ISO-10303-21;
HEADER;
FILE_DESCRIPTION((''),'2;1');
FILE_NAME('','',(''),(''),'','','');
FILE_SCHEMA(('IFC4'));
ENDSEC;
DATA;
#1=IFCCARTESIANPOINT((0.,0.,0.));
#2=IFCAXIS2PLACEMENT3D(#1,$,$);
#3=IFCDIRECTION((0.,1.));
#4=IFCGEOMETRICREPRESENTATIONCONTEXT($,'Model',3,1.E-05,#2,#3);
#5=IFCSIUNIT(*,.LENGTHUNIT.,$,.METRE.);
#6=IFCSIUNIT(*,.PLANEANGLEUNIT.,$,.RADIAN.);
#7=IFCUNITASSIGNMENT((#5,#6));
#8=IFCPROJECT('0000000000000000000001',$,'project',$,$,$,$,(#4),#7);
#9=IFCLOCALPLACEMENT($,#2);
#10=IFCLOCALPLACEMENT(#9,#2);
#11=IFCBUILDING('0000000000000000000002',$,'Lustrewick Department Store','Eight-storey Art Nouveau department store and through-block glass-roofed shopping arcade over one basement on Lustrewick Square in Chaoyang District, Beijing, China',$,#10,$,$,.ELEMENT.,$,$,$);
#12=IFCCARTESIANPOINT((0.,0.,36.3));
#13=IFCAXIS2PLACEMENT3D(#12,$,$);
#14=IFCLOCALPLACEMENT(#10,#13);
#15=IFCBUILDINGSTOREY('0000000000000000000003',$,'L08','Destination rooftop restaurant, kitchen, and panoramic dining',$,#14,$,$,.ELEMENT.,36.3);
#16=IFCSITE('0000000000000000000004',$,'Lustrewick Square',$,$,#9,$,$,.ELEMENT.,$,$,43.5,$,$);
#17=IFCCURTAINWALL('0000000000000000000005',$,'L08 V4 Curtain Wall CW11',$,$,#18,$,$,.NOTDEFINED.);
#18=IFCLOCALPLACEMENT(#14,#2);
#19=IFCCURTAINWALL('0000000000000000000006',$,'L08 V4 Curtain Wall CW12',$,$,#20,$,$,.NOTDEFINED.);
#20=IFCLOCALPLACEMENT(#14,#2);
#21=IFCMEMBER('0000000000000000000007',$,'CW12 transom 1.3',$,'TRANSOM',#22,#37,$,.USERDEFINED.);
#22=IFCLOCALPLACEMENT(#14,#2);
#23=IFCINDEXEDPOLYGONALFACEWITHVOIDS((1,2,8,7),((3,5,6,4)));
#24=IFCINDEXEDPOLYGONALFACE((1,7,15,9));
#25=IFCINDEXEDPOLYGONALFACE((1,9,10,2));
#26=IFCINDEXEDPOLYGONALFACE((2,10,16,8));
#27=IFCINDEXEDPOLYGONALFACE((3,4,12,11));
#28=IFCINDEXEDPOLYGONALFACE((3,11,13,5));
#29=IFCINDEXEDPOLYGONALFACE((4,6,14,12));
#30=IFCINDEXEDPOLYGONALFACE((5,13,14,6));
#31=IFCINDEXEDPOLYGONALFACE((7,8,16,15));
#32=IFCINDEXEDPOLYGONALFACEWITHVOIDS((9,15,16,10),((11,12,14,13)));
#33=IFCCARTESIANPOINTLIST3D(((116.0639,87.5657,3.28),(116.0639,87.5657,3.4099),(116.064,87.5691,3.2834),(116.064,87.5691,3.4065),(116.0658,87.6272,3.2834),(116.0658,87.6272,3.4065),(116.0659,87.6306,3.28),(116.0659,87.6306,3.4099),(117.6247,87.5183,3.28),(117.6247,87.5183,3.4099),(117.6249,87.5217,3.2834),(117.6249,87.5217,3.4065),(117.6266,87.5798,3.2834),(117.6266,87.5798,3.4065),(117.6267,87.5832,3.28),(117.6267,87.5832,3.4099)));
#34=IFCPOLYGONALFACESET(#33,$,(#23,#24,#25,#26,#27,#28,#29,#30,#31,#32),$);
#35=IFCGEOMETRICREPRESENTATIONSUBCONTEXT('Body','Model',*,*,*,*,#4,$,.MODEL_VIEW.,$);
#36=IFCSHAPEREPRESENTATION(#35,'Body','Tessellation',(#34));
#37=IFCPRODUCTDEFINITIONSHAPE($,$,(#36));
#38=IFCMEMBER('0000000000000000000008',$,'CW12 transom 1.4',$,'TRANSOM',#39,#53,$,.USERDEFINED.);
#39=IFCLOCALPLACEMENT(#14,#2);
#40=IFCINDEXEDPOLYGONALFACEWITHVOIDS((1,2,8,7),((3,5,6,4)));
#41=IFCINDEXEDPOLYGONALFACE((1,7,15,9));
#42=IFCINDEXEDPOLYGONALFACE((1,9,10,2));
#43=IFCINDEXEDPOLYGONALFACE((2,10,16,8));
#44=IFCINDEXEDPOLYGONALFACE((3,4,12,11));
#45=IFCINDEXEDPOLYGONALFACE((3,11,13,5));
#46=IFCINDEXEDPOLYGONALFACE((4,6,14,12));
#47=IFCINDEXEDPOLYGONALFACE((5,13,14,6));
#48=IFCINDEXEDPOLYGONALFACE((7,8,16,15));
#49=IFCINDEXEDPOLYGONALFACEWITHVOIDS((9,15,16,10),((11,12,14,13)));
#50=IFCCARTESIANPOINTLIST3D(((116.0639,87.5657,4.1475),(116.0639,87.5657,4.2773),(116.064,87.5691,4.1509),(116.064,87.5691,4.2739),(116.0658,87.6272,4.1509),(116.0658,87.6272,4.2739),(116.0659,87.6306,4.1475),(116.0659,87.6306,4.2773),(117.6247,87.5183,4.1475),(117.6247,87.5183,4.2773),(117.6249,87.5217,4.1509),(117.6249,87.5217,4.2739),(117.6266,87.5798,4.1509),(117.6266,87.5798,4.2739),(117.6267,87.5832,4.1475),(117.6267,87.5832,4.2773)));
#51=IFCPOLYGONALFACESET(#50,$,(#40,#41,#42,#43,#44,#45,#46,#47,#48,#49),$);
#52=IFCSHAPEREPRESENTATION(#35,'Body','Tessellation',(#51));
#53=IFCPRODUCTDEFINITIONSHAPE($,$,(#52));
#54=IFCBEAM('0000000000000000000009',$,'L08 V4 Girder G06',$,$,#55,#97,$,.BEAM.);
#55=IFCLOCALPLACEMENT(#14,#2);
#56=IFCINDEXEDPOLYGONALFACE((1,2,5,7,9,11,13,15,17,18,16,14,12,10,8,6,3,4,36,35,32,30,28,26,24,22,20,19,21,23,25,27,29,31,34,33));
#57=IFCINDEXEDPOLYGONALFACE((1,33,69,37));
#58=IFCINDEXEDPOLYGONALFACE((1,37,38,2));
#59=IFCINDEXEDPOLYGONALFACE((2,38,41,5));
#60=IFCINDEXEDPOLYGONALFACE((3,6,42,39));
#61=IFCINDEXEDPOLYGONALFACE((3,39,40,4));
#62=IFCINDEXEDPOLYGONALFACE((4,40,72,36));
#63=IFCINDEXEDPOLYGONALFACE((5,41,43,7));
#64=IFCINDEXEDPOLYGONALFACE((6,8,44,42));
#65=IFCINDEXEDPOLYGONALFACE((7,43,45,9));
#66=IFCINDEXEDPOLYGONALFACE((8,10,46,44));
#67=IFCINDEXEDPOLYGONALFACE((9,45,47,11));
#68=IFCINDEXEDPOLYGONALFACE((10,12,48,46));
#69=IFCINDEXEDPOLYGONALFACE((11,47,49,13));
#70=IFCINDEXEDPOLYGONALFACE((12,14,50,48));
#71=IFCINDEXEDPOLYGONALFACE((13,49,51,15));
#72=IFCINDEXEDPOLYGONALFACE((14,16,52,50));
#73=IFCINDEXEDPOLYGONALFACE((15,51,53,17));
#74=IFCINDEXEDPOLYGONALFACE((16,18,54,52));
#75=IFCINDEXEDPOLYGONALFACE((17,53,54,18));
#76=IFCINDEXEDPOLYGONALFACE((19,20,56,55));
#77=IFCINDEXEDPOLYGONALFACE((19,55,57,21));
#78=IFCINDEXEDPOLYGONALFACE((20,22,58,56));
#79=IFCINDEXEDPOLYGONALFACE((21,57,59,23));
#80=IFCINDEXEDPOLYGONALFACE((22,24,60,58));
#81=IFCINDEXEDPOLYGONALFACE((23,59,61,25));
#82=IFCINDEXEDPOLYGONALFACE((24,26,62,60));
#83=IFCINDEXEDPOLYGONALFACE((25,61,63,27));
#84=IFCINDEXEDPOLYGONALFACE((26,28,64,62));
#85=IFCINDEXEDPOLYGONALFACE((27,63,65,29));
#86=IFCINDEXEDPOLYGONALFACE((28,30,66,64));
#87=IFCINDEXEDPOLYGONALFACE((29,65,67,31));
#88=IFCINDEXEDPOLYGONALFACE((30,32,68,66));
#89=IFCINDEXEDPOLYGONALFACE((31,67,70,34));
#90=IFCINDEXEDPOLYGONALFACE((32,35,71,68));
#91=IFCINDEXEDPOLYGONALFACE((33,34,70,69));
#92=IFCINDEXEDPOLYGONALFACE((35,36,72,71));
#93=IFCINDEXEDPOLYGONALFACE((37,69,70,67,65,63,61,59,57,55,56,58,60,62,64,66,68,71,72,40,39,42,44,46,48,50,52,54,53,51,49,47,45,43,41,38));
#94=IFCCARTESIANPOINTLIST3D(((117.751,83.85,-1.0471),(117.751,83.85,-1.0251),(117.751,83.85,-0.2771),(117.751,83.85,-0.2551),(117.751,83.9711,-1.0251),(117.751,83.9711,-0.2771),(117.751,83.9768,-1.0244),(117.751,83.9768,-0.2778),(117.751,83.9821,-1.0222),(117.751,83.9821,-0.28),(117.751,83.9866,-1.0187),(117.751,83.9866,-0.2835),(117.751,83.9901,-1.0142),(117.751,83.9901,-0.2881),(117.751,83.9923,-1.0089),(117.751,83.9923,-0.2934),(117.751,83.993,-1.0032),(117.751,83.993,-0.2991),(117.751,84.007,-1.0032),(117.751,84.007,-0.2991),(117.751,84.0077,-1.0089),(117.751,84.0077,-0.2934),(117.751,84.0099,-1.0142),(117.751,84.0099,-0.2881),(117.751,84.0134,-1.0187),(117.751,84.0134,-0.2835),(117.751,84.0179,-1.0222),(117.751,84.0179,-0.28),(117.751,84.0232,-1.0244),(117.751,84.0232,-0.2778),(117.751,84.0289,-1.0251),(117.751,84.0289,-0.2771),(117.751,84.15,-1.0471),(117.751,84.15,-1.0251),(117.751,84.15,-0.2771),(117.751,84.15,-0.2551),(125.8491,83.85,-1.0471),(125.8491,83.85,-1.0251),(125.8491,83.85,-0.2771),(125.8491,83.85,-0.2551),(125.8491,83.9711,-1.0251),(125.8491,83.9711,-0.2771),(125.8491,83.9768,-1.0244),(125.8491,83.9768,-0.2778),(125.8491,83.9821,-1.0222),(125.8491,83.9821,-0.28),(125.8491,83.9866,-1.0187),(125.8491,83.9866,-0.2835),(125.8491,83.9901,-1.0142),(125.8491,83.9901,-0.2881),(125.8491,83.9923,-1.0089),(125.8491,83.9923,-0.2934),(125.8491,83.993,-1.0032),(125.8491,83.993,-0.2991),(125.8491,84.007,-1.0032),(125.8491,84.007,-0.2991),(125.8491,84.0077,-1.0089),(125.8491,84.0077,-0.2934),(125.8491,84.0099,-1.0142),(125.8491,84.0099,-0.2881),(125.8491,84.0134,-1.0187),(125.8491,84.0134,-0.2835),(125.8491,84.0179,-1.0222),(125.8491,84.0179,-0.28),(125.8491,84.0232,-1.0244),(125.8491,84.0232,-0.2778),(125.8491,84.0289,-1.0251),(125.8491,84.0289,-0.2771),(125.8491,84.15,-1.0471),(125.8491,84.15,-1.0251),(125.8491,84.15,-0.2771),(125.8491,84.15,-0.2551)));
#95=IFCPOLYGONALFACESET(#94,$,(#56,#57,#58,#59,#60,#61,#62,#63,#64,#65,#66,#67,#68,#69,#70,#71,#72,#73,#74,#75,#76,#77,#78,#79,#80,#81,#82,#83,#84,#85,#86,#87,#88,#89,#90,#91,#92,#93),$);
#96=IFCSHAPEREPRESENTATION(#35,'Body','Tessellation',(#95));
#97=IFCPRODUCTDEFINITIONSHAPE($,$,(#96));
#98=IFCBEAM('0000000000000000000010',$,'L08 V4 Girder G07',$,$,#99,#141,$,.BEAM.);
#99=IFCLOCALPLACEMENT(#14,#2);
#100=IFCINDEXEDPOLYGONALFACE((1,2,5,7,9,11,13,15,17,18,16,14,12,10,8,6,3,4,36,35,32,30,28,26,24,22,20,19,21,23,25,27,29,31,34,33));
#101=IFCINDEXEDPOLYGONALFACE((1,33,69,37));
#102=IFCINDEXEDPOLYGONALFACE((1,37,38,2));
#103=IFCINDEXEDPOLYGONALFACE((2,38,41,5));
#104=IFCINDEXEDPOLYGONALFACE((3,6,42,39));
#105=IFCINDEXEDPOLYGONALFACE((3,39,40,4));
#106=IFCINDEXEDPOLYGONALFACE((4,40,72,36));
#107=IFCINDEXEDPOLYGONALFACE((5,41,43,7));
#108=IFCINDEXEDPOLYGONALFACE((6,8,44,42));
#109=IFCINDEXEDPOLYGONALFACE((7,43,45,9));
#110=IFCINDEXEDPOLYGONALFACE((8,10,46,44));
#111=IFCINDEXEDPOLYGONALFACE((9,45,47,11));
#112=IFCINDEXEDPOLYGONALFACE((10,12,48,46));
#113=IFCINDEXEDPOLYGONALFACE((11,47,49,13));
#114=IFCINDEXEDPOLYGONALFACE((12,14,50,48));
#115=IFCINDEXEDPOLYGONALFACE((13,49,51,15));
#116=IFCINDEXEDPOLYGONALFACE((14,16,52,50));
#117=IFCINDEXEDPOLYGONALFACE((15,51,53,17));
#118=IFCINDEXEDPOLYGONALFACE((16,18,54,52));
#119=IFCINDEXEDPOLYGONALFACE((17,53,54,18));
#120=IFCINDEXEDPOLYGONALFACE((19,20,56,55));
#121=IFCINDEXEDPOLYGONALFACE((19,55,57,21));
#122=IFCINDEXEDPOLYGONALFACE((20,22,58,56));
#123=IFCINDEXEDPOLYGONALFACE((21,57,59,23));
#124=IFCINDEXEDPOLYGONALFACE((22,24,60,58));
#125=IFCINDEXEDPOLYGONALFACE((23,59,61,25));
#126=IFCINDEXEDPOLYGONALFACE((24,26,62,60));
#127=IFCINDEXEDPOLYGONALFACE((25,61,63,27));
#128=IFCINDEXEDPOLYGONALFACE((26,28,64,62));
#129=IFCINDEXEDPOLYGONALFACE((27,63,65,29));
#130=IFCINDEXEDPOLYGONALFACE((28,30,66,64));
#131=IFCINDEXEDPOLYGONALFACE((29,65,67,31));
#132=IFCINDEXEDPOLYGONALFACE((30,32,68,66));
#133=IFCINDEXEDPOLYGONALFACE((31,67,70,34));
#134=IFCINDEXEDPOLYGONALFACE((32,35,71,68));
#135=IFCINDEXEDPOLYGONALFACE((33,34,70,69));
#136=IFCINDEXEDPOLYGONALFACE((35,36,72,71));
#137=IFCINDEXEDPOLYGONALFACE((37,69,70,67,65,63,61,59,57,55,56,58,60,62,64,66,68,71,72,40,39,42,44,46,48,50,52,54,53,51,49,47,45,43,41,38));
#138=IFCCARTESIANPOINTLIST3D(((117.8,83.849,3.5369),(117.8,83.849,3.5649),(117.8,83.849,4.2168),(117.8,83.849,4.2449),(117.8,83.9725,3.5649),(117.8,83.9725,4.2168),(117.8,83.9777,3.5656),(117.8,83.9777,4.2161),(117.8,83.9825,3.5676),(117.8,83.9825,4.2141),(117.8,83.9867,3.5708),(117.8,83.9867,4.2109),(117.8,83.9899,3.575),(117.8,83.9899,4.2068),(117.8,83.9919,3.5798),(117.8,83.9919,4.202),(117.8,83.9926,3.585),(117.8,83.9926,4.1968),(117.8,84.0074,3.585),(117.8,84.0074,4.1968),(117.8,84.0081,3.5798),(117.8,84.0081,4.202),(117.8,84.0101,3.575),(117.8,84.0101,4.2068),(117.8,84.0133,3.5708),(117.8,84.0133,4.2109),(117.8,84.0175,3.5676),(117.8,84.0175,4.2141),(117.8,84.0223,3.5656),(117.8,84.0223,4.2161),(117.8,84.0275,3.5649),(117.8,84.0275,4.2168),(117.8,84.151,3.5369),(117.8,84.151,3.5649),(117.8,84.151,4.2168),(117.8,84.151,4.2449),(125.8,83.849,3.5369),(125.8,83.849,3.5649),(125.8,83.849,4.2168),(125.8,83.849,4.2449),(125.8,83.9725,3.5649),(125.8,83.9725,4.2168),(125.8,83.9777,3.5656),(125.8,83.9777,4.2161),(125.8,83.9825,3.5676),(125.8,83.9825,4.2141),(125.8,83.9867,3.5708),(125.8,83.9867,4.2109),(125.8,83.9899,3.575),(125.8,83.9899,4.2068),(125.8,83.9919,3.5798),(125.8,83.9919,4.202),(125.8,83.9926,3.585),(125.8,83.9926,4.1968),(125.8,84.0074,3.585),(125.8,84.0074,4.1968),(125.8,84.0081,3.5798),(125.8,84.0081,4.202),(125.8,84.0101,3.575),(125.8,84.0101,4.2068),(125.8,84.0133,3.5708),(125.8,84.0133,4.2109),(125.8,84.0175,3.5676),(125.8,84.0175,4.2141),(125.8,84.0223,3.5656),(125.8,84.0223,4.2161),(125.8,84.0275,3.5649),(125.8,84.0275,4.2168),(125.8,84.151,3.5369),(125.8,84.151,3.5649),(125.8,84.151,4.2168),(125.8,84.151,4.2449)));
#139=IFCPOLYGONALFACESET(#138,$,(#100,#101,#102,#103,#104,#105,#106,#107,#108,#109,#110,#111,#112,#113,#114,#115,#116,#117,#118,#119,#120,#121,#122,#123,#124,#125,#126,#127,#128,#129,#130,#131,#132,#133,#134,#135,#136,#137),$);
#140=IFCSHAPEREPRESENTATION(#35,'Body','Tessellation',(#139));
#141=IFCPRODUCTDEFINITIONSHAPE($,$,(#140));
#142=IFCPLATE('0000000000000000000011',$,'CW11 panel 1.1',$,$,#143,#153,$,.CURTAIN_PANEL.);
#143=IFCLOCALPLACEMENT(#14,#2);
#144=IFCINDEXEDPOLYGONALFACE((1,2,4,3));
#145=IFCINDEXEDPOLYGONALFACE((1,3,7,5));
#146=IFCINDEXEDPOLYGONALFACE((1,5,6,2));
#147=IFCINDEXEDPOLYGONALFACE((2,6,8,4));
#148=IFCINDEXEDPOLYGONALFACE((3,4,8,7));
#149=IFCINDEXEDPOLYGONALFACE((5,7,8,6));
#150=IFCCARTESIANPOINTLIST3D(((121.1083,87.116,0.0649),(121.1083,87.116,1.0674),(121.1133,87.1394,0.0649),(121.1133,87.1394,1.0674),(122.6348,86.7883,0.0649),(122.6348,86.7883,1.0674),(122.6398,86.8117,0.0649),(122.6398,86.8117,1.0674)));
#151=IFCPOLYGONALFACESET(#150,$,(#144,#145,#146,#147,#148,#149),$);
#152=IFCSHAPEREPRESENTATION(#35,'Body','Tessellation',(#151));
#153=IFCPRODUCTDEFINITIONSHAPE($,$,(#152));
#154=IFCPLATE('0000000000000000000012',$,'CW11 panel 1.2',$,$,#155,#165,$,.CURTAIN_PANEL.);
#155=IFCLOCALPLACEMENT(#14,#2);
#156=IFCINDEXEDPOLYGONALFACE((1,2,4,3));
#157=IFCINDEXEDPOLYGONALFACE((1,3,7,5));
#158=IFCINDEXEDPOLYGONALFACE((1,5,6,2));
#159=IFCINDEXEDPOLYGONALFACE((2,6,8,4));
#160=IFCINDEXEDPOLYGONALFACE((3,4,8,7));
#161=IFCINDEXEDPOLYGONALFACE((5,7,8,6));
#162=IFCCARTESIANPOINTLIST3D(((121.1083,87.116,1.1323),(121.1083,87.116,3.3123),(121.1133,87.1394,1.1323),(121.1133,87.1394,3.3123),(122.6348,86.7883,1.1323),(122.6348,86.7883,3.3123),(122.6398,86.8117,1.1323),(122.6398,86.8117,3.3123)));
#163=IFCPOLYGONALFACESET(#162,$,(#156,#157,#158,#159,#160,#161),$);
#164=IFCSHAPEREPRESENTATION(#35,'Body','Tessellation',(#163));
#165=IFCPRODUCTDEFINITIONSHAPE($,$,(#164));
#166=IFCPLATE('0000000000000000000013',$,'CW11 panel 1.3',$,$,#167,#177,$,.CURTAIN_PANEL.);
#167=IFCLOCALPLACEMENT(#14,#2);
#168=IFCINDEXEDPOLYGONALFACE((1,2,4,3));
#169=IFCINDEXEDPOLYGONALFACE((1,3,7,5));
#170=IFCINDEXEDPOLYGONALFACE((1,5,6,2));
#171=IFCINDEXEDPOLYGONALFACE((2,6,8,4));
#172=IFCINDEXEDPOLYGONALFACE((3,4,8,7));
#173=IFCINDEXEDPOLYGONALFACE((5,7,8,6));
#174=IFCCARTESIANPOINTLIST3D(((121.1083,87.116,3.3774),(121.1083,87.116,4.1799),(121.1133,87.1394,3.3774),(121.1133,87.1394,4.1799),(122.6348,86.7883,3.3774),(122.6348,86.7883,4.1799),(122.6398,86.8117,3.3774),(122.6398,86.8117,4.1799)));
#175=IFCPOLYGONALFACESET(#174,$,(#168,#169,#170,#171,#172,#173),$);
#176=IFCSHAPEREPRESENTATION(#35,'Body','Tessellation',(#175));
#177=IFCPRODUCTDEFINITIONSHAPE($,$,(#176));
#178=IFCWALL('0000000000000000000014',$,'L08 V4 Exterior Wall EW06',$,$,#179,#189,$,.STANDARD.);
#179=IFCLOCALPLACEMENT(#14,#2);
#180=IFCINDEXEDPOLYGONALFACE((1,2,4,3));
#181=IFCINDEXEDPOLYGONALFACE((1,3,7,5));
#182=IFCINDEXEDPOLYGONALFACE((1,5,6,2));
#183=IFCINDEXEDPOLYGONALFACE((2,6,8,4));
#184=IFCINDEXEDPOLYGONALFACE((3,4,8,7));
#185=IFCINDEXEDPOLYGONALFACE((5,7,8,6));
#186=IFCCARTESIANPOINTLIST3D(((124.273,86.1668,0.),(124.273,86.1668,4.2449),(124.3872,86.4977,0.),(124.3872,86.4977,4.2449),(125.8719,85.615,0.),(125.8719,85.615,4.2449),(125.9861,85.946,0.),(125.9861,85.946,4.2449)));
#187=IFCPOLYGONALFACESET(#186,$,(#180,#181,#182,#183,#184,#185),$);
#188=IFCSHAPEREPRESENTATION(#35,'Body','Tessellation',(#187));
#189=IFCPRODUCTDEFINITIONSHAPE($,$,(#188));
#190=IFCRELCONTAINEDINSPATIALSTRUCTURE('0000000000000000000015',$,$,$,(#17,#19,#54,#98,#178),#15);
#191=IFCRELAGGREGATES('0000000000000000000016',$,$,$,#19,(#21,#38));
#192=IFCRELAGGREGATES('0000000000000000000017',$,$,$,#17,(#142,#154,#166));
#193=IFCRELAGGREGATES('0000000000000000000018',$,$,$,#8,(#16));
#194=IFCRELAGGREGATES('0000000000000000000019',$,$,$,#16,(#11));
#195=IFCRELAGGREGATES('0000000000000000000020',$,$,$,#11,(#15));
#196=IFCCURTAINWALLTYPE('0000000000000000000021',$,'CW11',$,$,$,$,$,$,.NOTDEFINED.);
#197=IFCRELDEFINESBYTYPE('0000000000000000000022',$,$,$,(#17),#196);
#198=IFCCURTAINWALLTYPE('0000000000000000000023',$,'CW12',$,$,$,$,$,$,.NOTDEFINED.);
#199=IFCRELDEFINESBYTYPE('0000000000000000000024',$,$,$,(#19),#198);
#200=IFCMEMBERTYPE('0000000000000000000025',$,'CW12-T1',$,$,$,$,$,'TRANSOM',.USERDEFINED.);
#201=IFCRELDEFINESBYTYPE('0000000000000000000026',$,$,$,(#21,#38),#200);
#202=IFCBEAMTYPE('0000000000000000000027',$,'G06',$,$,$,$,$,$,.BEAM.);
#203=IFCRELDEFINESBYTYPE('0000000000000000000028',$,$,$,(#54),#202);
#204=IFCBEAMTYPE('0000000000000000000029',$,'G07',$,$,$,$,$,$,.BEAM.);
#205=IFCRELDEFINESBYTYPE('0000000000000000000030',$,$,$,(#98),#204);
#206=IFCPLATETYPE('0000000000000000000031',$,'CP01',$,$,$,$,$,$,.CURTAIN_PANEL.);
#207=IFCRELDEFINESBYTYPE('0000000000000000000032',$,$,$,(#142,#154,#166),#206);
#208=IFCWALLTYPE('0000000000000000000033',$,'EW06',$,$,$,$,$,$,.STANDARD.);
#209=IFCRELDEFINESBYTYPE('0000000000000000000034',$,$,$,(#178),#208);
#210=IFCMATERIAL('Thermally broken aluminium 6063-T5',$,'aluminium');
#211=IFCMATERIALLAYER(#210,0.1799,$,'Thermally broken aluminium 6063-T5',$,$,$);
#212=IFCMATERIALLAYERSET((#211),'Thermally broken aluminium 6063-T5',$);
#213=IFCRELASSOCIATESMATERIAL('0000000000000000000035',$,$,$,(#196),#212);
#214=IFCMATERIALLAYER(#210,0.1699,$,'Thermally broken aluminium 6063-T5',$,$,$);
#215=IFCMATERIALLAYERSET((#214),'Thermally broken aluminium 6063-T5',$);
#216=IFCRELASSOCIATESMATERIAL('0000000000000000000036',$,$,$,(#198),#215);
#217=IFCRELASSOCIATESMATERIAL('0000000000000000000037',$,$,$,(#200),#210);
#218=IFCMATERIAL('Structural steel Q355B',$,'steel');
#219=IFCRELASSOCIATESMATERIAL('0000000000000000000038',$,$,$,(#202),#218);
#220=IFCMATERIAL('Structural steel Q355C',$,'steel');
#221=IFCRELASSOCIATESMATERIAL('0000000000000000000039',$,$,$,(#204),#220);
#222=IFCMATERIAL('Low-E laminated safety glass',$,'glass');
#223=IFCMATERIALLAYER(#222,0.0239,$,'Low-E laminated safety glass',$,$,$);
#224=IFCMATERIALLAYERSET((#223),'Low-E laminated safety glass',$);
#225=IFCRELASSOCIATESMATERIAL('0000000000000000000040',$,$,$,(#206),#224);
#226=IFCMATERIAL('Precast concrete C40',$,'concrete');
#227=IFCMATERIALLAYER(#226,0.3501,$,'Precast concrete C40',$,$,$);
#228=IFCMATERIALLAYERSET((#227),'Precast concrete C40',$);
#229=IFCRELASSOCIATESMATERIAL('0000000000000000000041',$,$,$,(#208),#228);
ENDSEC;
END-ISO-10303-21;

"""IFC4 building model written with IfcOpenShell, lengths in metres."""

from ifc_helpers import new_model, si_unit, direction, frame, frame_2d, origin, origin_2d, place, context, subcontext, project, spatial, rectangle, hollow_rectangle, i_section, extrude, material, layer, layer_set, material_profile, profile_set, type_object, element, aggregate, save


model = new_model("IFC4")

# Units and contexts
model_context = context("Model", 3, precision=1e-05, world=origin(), true_north=direction((0.0, 1.0)))
body_context = subcontext(model_context, "Body", "Model", "MODEL_VIEW")
ifc_project = project(units=[si_unit("LENGTHUNIT", "METRE"), si_unit("PLANEANGLEUNIT", "RADIAN")], contexts=[model_context])

# Site, building, storey
site_placement = place(None, origin())
site = spatial("IfcSite", under=ifc_project, at=site_placement, Name="Lustrewick Square", CompositionType="ELEMENT", RefElevation=43.5)
building_placement = place(site_placement, origin())
building = spatial("IfcBuilding", under=site, at=building_placement, Name="Lustrewick Department Store", Description="Eight-storey Art Nouveau department store and through-block glass-roofed shopping arcade over one basement on Lustrewick Square in Chaoyang District, Beijing, China", CompositionType="ELEMENT")
storey_placement = place(building_placement, frame((0.0, 0.0, 36.3)))
storey = spatial("IfcBuildingStorey", under=building, at=storey_placement, Name="L08", Description="Destination rooftop restaurant, kitchen, and panoramic dining", CompositionType="ELEMENT", Elevation=36.3)

# Shared definitions
ifc_material_1 = material(Name="Thermally broken aluminium 6063-T5", Category="aluminium")

# Curtain walls, members
ifc_layer_1 = layer(ifc_material_1, 0.1799, Name="Thermally broken aluminium 6063-T5")
ifc_layer_set_1 = layer_set([ifc_layer_1], Name="Thermally broken aluminium 6063-T5")
curtain_wall_type_1 = type_object("IfcCurtainWallType", Name="CW11", PredefinedType="NOTDEFINED", material=ifc_layer_set_1)
curtain_wall_1_placement = place(storey_placement, origin())
curtain_wall_1 = element("IfcCurtainWall", 1, at=curtain_wall_1_placement, inside=storey, type_object=curtain_wall_type_1, Name="L08 V4 Curtain Wall CW11", PredefinedType="NOTDEFINED")
ifc_layer_2 = layer(ifc_material_1, 0.1699, Name="Thermally broken aluminium 6063-T5")
ifc_layer_set_2 = layer_set([ifc_layer_2], Name="Thermally broken aluminium 6063-T5")
curtain_wall_type_2 = type_object("IfcCurtainWallType", Name="CW12", PredefinedType="NOTDEFINED", material=ifc_layer_set_2)
curtain_wall_2_placement = place(storey_placement, origin())
curtain_wall_2 = element("IfcCurtainWall", 2, at=curtain_wall_2_placement, inside=storey, type_object=curtain_wall_type_2, Name="L08 V4 Curtain Wall CW12", PredefinedType="NOTDEFINED")
ifc_material_profile_1 = material_profile(ifc_material_1, hollow_rectangle(XDim=0.0649, YDim=0.1299, WallThickness=0.0034, at=origin_2d()), Name="ALU-T 65x130x3.5")
ifc_profile_set_1 = profile_set([ifc_material_profile_1], Name="Thermally broken aluminium 6063-T5")
member_type_1 = type_object("IfcMemberType", Name="CW12-T1", ElementType="TRANSOM", PredefinedType="USERDEFINED", material=ifc_profile_set_1)
member_1_placement = place(storey_placement, frame((117.6257, 87.5508, 3.345), z_axis=(-0.99954, 0.030332, 0.0), x_axis=(-0.030332, -0.99954, 0.0)))
member_1 = element("IfcMember", 3, at=member_1_placement, type_object=member_type_1, Name="CW12 transom 1.3", ObjectType="TRANSOM", PredefinedType="USERDEFINED", context=body_context, shape_type="SweptSolid", body=[
    extrude(hollow_rectangle(XDim=0.0649, YDim=0.1299, WallThickness=0.0034, at=origin_2d()), origin(), (0.0, 0.0, 1.0), 1.5615),
])
member_2_placement = place(storey_placement, frame((117.6257, 87.5508, 4.2124), z_axis=(-0.99954, 0.030332, 0.0), x_axis=(-0.030332, -0.99954, 0.0)))
member_2 = element("IfcMember", 4, at=member_2_placement, type_object=member_type_1, Name="CW12 transom 1.4", ObjectType="TRANSOM", PredefinedType="USERDEFINED", context=body_context, shape_type="SweptSolid", body=[
    extrude(hollow_rectangle(XDim=0.0649, YDim=0.1299, WallThickness=0.0034, at=origin_2d()), origin(), (0.0, 0.0, 1.0), 1.5615),
])
aggregate(curtain_wall_2, [member_1, member_2])

# Beams
ifc_material_2 = material(Name="Structural steel Q355B", Category="steel")
ifc_material_profile_2 = material_profile(ifc_material_2, i_section(OverallWidth=0.3, OverallDepth=0.792, WebThickness=0.0139, FlangeThickness=0.022, FilletRadius=0.022, at=origin_2d()), Name="HN 792x300x14x22")
ifc_profile_set_2 = profile_set([ifc_material_profile_2], Name="Structural steel Q355B")
beam_type_1 = type_object("IfcBeamType", Name="G06", PredefinedType="BEAM", material=ifc_profile_set_2)
beam_1_placement = place(storey_placement, frame((117.751, 84.0, -0.6511), z_axis=(1.0, 0.0, 0.0), x_axis=(0.0, 1.0, 0.0)))
element("IfcBeam", 5, at=beam_1_placement, inside=storey, type_object=beam_type_1, Name="L08 V4 Girder G06", PredefinedType="BEAM", context=body_context, shape_type="SweptSolid", body=[
    extrude(i_section(OverallWidth=0.3, OverallDepth=0.792, WebThickness=0.0139, FlangeThickness=0.022, FilletRadius=0.022, at=origin_2d()), origin(), (0.0, 0.0, 1.0), 8.0981),
])
ifc_material_3 = material(Name="Structural steel Q355C", Category="steel")
ifc_material_profile_3 = material_profile(ifc_material_3, i_section(OverallWidth=0.302, OverallDepth=0.708, WebThickness=0.0149, FlangeThickness=0.0281, FilletRadius=0.02, at=origin_2d()), Name="HN 708x302x15x28")
ifc_profile_set_3 = profile_set([ifc_material_profile_3], Name="Structural steel Q355C")
beam_type_2 = type_object("IfcBeamType", Name="G07", PredefinedType="BEAM", material=ifc_profile_set_3)
beam_2_placement = place(storey_placement, frame((117.8, 84.0, 3.8909), z_axis=(1.0, 0.0, 0.0), x_axis=(0.0, 1.0, 0.0)))
element("IfcBeam", 6, at=beam_2_placement, inside=storey, type_object=beam_type_2, Name="L08 V4 Girder G07", PredefinedType="BEAM", context=body_context, shape_type="SweptSolid", body=[
    extrude(i_section(OverallWidth=0.302, OverallDepth=0.708, WebThickness=0.0149, FlangeThickness=0.0281, FilletRadius=0.02, at=origin_2d()), origin(), (0.0, 0.0, 1.0), 8.0),
])

# Plates
ifc_material_4 = material(Name="Low-E laminated safety glass", Category="glass")
ifc_layer_3 = layer(ifc_material_4, 0.0239, Name="Low-E laminated safety glass")
ifc_layer_set_3 = layer_set([ifc_layer_3], Name="Low-E laminated safety glass")
plate_type = type_object("IfcPlateType", Name="CP01", PredefinedType="CURTAIN_PANEL", material=ifc_layer_set_3)
plate_1_placement = place(storey_placement, frame((121.874, 86.9639, 0.0649), z_axis=(0.0, 0.0, 1.0), x_axis=(-0.977725, 0.209888, 0.0)))
plate_1 = element("IfcPlate", 7, at=plate_1_placement, type_object=plate_type, Name="CW11 panel 1.1", PredefinedType="CURTAIN_PANEL", context=body_context, shape_type="SweptSolid", body=[
    extrude(rectangle(XDim=1.5613, YDim=0.0239, at=origin_2d()), origin(), (0.0, 0.0, 1.0), 1.0024),
])
plate_2_placement = place(storey_placement, frame((121.874, 86.9639, 1.1323), z_axis=(0.0, 0.0, 1.0), x_axis=(-0.977725, 0.209888, 0.0)))
plate_2 = element("IfcPlate", 8, at=plate_2_placement, type_object=plate_type, Name="CW11 panel 1.2", PredefinedType="CURTAIN_PANEL", context=body_context, shape_type="SweptSolid", body=[
    extrude(rectangle(XDim=1.5613, YDim=0.0239, at=origin_2d()), origin(), (0.0, 0.0, 1.0), 2.1799),
])
plate_3_placement = place(storey_placement, frame((121.874, 86.9639, 3.3774), z_axis=(0.0, 0.0, 1.0), x_axis=(-0.977725, 0.209888, 0.0)))
plate_3 = element("IfcPlate", 9, at=plate_3_placement, type_object=plate_type, Name="CW11 panel 1.3", PredefinedType="CURTAIN_PANEL", context=body_context, shape_type="SweptSolid", body=[
    extrude(rectangle(XDim=1.5613, YDim=0.0239, at=origin_2d()), origin(), (0.0, 0.0, 1.0), 0.8025),
])
aggregate(curtain_wall_1, [plate_1, plate_2, plate_3])

# Wall
ifc_material_5 = material(Name="Precast concrete C40", Category="concrete")
ifc_layer_4 = layer(ifc_material_5, 0.3501, Name="Precast concrete C40")
ifc_layer_set_4 = layer_set([ifc_layer_4], Name="Precast concrete C40")
wall_type_1 = type_object("IfcWallType", Name="EW06", PredefinedType="STANDARD", material=ifc_layer_set_4)
for number, where, z_axis, x_axis, name in (
    (10, (125.929, 85.7805, 0.0), (0.0, 0.0, 1.0), (-0.945296, 0.326213, 0.0), "L08 V4 Exterior Wall EW06"),
):
    element("IfcWall", number, at=place(storey_placement, frame(where, z_axis=z_axis, x_axis=x_axis)), inside=storey, type_object=wall_type_1, Name=name, PredefinedType="STANDARD", context=body_context, shape_type="SweptSolid", body=[
        extrude(rectangle(XDim=1.6914, YDim=0.3501, at=frame_2d((0.8457, 0.0))), origin(), (0.0, 0.0, 1.0), 4.2449),
    ])

save(model, "model.ifc")
